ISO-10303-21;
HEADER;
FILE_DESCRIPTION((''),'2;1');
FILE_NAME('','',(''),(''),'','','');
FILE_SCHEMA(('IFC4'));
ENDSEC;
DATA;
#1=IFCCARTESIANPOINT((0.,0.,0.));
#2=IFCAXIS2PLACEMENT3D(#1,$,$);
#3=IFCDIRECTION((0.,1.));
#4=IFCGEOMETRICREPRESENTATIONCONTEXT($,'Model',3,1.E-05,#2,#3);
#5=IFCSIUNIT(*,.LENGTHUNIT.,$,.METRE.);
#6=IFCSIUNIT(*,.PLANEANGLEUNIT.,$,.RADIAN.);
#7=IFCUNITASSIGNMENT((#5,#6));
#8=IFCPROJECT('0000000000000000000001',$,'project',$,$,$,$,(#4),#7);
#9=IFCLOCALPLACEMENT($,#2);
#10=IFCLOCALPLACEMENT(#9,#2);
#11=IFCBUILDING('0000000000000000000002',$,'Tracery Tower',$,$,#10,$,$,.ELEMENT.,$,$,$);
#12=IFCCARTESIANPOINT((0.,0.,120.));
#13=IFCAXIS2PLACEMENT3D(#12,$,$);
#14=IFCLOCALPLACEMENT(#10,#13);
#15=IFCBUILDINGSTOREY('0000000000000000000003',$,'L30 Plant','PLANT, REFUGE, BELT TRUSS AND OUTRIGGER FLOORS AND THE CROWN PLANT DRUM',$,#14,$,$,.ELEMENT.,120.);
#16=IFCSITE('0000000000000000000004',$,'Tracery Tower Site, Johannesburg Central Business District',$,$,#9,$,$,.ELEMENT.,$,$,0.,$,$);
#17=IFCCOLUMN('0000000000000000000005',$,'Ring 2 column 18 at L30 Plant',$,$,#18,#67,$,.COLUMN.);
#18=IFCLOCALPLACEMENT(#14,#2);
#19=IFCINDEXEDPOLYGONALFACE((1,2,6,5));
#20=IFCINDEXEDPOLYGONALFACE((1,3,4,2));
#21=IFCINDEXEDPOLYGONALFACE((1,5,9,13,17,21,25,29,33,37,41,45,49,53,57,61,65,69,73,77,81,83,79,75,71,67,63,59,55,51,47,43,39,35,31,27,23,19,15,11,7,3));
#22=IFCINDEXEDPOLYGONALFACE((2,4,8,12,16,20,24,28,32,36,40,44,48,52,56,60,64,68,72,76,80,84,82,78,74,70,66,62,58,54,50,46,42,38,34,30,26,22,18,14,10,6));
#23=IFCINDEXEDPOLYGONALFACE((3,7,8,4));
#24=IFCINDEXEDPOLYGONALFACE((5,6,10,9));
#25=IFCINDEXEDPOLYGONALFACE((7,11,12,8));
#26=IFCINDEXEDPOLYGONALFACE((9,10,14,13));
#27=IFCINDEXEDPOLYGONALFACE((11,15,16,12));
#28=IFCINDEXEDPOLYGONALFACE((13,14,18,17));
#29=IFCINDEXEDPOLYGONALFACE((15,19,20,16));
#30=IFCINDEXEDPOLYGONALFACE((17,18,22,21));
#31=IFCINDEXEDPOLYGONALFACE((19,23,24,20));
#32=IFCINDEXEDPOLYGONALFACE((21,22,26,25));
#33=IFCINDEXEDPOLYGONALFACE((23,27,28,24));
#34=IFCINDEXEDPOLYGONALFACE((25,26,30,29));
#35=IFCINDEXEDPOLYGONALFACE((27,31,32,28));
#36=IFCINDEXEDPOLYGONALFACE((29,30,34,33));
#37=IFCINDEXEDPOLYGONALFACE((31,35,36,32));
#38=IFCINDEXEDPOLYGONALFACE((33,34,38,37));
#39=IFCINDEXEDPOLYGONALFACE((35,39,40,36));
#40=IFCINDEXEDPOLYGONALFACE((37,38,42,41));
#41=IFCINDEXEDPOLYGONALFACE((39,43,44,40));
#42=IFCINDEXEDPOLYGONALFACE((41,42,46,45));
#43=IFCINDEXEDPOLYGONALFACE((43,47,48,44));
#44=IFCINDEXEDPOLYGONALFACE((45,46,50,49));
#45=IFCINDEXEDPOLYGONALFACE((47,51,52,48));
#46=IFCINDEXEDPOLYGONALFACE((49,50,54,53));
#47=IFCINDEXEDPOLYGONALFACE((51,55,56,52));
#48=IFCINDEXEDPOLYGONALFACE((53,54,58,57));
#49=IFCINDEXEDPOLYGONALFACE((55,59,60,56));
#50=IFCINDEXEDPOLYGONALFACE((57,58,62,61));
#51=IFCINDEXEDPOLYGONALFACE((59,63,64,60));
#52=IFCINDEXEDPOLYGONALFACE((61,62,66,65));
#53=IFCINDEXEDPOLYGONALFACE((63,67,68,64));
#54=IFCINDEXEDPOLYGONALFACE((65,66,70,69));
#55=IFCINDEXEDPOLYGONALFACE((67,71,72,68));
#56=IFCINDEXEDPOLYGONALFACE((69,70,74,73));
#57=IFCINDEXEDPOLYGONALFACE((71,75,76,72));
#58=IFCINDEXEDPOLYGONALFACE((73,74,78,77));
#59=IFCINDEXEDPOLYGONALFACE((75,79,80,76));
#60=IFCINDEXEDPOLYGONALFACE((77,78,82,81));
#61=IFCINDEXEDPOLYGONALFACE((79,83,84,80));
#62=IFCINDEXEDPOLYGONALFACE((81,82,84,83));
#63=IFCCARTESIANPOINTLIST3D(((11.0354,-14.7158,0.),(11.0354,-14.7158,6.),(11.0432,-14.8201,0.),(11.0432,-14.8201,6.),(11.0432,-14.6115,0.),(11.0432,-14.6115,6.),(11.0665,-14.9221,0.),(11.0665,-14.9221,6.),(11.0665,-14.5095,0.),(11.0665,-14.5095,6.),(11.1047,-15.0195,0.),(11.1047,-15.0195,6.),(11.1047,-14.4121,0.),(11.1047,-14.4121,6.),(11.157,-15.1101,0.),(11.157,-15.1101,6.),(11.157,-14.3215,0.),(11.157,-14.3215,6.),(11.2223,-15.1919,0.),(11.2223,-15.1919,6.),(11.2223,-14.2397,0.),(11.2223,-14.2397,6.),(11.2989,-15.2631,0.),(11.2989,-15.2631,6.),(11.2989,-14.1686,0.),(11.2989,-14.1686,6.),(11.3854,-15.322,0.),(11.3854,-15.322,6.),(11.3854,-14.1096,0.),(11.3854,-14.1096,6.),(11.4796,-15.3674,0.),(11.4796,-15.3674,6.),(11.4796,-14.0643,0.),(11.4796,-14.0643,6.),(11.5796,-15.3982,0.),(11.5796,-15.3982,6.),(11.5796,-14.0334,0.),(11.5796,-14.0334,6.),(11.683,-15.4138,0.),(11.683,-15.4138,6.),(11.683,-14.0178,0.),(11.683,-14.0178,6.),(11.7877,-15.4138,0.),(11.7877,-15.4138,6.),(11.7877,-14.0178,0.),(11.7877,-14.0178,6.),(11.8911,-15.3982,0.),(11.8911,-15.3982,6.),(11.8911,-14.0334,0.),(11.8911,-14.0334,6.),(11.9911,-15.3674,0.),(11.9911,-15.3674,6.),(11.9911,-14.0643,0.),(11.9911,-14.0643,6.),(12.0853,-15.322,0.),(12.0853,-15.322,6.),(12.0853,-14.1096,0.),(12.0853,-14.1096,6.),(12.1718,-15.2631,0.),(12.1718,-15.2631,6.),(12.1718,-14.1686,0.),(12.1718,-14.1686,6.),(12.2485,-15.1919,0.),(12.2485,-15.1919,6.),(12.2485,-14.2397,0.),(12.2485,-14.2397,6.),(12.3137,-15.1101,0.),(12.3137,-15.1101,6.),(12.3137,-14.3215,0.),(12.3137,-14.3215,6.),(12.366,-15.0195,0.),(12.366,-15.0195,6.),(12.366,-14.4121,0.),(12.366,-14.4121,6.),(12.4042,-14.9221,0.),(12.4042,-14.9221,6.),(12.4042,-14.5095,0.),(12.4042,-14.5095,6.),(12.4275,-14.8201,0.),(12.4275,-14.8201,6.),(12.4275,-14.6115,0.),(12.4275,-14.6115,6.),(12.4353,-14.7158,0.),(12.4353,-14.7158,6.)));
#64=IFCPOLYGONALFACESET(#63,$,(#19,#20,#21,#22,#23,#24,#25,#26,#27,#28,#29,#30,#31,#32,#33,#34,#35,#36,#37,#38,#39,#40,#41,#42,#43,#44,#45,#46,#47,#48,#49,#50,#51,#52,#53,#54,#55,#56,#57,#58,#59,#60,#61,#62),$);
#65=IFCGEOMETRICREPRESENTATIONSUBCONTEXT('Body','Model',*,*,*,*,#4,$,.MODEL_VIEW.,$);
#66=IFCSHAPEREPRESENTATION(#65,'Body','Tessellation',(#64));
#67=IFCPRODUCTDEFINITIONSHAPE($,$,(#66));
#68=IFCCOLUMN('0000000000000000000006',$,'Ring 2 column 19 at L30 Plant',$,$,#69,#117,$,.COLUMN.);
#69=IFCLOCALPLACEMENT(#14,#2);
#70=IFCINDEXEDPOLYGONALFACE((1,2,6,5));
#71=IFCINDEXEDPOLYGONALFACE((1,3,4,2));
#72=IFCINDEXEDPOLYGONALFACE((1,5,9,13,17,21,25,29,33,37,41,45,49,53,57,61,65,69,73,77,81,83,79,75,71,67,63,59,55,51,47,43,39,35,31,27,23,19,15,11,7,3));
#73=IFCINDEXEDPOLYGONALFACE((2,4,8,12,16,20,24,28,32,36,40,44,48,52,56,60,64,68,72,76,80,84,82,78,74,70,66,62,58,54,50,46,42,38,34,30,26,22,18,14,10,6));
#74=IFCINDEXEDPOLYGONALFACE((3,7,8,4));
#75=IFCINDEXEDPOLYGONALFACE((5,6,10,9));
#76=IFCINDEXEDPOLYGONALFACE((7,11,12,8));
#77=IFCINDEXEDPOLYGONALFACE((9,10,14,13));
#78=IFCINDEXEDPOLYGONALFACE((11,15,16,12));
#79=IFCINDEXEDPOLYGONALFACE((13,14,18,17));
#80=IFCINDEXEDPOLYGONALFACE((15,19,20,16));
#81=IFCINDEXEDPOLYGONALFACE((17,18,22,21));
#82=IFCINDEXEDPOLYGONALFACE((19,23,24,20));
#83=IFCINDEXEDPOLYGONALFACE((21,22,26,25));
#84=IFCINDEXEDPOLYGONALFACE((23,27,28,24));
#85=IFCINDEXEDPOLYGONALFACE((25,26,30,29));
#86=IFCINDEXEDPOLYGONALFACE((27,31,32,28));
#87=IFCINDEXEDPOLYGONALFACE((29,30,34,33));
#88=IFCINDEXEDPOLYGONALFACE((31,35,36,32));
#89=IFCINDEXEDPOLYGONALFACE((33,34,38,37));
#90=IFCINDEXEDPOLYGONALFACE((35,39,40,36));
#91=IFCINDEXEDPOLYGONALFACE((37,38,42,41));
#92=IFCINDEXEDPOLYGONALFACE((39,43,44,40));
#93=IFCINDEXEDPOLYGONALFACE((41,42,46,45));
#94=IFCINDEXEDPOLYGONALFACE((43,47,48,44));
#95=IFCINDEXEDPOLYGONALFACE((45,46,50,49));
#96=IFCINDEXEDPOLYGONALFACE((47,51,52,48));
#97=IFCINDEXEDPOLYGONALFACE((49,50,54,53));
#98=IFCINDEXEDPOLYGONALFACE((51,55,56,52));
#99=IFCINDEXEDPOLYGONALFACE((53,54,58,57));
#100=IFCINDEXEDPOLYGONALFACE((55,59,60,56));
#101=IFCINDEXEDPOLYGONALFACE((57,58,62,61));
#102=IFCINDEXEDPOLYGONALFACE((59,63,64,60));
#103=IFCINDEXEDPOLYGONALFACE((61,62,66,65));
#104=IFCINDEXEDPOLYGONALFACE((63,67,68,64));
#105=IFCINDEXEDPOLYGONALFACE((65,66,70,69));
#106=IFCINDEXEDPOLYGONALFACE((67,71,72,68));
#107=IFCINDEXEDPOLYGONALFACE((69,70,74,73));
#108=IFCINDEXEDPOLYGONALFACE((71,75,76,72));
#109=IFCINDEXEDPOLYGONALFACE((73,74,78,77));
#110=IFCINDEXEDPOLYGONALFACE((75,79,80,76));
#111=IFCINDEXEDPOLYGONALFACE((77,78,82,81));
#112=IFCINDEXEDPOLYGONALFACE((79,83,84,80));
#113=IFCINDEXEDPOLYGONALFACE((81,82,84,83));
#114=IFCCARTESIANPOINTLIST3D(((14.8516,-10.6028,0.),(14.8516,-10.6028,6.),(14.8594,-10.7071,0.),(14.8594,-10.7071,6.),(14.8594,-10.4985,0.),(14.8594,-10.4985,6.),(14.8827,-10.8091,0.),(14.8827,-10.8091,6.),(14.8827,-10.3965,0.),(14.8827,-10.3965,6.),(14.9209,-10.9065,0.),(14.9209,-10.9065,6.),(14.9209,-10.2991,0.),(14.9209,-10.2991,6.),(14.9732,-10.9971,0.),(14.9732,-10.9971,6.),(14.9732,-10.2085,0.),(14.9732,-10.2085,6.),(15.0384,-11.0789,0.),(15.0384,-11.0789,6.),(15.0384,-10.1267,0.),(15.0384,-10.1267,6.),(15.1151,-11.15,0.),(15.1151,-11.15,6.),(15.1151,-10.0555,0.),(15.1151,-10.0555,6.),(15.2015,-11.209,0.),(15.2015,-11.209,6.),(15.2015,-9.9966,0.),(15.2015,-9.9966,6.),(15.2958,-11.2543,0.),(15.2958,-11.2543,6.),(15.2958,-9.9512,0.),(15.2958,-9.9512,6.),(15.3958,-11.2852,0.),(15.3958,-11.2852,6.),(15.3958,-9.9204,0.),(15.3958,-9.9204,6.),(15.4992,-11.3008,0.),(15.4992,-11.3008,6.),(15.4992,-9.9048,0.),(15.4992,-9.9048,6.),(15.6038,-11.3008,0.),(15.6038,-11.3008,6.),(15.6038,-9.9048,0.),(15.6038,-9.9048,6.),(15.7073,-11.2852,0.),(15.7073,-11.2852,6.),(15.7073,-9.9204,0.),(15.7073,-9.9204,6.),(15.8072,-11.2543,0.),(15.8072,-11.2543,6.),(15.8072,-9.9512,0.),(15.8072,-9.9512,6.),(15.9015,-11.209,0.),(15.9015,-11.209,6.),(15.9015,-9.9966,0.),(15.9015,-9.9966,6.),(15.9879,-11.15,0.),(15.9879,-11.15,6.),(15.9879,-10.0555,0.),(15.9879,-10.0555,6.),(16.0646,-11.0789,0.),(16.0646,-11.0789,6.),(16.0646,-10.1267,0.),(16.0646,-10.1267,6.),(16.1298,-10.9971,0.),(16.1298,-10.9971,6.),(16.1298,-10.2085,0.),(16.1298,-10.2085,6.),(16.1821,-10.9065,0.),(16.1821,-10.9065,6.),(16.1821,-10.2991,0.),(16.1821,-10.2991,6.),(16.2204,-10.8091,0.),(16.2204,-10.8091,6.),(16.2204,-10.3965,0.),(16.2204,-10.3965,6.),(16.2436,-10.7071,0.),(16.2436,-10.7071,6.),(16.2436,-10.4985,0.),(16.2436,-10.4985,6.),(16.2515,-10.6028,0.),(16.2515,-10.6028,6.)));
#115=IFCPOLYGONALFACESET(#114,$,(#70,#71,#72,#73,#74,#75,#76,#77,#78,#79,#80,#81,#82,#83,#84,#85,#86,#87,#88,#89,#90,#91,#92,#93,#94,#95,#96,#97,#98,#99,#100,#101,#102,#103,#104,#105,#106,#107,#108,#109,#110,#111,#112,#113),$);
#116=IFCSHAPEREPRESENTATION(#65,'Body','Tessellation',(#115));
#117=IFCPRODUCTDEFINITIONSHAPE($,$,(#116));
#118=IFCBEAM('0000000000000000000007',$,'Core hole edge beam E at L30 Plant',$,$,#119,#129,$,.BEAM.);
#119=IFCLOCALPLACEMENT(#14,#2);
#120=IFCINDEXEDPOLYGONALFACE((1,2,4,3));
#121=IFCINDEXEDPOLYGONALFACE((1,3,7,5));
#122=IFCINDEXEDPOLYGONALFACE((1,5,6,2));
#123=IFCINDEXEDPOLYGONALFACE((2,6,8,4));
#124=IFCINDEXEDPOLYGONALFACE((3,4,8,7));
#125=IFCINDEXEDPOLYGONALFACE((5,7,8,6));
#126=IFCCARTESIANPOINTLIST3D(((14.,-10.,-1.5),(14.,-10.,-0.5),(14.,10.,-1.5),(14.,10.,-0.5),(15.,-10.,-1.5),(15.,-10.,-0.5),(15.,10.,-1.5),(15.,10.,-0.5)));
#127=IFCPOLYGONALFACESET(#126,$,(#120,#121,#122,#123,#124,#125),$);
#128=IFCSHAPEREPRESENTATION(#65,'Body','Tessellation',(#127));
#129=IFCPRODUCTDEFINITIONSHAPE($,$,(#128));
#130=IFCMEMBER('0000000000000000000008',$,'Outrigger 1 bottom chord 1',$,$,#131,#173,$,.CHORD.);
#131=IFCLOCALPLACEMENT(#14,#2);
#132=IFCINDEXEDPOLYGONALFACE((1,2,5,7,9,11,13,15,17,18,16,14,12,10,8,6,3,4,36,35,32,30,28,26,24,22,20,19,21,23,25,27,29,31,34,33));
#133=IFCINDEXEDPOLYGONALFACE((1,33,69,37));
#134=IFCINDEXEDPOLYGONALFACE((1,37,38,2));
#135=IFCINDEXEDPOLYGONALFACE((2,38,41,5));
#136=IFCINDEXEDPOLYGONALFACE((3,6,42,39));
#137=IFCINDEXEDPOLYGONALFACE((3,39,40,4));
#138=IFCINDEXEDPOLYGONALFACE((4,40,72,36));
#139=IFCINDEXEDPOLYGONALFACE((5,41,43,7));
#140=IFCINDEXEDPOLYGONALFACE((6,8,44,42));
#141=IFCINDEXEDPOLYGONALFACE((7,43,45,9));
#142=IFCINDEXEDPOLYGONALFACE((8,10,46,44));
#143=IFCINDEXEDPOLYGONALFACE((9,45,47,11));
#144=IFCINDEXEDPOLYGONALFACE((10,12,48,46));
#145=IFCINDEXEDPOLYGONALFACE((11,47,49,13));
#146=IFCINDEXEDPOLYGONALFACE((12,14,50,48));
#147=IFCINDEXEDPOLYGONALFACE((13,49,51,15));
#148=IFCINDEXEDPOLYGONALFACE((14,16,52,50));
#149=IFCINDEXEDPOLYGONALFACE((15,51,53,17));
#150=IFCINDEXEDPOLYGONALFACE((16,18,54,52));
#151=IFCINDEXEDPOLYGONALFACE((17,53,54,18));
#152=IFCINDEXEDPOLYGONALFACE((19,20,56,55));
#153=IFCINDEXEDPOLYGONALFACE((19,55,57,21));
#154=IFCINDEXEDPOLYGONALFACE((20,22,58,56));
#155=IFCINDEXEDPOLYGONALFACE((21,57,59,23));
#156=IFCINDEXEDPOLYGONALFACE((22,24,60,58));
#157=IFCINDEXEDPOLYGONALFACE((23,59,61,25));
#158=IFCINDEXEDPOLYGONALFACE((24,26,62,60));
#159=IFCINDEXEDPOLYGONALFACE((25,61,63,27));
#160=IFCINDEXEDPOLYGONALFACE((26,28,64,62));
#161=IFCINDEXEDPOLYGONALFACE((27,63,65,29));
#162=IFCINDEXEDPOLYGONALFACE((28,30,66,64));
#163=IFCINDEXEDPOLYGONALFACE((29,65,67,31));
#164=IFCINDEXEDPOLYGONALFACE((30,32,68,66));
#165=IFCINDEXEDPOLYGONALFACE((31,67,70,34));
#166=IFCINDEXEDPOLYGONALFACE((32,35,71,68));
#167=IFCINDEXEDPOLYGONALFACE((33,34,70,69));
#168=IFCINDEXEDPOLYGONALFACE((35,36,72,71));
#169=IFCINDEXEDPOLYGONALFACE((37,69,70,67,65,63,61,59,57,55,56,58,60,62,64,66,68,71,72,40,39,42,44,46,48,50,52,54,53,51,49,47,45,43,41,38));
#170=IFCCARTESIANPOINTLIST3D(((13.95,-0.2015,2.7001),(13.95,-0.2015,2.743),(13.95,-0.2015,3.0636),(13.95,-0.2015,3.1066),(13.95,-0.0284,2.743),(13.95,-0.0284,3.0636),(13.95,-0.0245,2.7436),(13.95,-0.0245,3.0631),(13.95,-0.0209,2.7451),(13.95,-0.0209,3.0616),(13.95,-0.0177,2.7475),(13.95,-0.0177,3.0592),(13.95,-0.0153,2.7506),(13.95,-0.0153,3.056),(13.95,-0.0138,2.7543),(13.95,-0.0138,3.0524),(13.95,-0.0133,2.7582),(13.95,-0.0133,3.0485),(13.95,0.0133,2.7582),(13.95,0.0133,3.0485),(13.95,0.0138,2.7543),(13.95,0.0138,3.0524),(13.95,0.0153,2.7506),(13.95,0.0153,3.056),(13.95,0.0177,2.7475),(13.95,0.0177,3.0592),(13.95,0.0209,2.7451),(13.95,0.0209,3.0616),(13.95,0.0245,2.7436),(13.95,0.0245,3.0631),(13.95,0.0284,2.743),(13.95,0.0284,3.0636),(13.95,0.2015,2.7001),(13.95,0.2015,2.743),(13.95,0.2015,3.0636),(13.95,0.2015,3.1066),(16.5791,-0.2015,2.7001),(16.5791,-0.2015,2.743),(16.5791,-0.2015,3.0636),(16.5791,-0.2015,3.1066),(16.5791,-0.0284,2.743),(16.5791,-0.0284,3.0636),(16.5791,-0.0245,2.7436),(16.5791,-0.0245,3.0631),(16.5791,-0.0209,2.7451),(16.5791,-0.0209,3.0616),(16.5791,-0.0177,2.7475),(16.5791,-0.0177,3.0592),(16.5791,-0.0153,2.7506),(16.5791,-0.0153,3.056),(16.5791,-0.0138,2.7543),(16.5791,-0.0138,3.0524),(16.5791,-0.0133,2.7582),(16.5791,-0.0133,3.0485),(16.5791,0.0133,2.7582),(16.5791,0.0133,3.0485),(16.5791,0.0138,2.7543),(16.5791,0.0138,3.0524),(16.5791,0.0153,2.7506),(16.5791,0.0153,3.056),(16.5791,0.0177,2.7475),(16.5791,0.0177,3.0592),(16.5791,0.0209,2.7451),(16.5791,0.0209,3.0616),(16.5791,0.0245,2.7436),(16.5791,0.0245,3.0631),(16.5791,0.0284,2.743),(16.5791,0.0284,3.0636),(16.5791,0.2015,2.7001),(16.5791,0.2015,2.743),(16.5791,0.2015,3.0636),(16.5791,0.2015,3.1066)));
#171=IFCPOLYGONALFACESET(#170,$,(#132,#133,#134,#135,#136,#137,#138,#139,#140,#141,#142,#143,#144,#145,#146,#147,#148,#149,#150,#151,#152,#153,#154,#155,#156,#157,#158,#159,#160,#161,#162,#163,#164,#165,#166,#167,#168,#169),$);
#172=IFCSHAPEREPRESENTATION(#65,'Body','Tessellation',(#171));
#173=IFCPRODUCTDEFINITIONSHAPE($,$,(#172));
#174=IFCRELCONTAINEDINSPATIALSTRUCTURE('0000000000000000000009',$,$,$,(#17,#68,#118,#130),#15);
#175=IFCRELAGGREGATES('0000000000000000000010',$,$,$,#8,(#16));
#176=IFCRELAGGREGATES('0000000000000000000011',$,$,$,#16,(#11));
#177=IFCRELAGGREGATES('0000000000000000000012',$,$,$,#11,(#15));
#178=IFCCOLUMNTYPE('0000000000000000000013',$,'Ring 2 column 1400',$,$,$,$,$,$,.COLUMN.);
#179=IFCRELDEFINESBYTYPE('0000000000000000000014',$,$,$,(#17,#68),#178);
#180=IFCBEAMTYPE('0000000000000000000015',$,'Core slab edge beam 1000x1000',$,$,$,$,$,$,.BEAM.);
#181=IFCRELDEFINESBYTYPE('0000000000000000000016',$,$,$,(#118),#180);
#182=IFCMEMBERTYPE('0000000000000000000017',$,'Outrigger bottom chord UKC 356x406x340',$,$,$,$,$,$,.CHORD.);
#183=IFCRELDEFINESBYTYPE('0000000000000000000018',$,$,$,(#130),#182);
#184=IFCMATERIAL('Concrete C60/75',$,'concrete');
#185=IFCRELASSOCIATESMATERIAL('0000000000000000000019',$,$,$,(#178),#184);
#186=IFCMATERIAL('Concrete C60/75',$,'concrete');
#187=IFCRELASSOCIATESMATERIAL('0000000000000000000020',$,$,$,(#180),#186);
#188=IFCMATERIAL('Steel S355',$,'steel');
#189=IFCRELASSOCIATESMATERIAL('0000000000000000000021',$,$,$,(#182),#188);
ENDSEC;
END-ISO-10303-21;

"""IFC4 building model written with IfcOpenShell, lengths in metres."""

from ifc_helpers import new_model, si_unit, direction, frame, origin, origin_2d, place, context, subcontext, project, spatial, rectangle, circle, i_section, extrude, material, material_profile, profile_set, type_object, element, save


model = new_model("IFC4")

# Units and contexts
model_context = context("Model", 3, precision=1e-05, world=origin(), true_north=direction((0.0, 1.0)))
body_context = subcontext(model_context, "Body", "Model", "MODEL_VIEW")
ifc_project = project(units=[si_unit("LENGTHUNIT", "METRE"), si_unit("PLANEANGLEUNIT", "RADIAN")], contexts=[model_context])

# Site, building, storey
site_placement = place(None, origin())
site = spatial("IfcSite", under=ifc_project, at=site_placement, Name="Tracery Tower Site, Johannesburg Central Business District", CompositionType="ELEMENT", RefElevation=0.0)
building_placement = place(site_placement, origin())
building = spatial("IfcBuilding", under=site, at=building_placement, Name="Tracery Tower", CompositionType="ELEMENT")
storey_placement = place(building_placement, frame((0.0, 0.0, 120.0)))
storey = spatial("IfcBuildingStorey", under=building, at=storey_placement, Name="L30 Plant", Description="PLANT, REFUGE, BELT TRUSS AND OUTRIGGER FLOORS AND THE CROWN PLANT DRUM", CompositionType="ELEMENT", Elevation=120.0)

# Columns
ifc_material_1 = material(Name="Concrete C60/75", Category="concrete")
ifc_material_profile_1 = material_profile(ifc_material_1, circle(Radius=0.7, at=origin_2d()), Name="RC D1400")
ifc_profile_set_1 = profile_set([ifc_material_profile_1], Name="Concrete C60/75")
column_type = type_object("IfcColumnType", Name="Ring 2 column 1400", PredefinedType="COLUMN", material=ifc_profile_set_1)
for number, where, z_axis, x_axis, name in (
    (1, (11.7354, -14.7158, 0.0), (0.0, 0.0, 1.0), (1.0, 0.0, 0.0), "Ring 2 column 18 at L30 Plant"),
    (2, (15.5515, -10.6028, 0.0), (0.0, 0.0, 1.0), (1.0, 0.0, 0.0), "Ring 2 column 19 at L30 Plant"),
):
    element("IfcColumn", number, at=place(storey_placement, frame(where, z_axis=z_axis, x_axis=x_axis)), inside=storey, type_object=column_type, Name=name, PredefinedType="COLUMN", context=body_context, shape_type="SweptSolid", body=[
        extrude(circle(Radius=0.7, at=origin_2d()), origin(), (0.0, 0.0, 1.0), 6.0),
    ])

# Beam
ifc_material_2 = material(Name="Concrete C60/75", Category="concrete")
ifc_material_profile_2 = material_profile(ifc_material_2, rectangle(XDim=1.0, YDim=1.0, at=origin_2d()), Name="RC 1000x1000")
ifc_profile_set_2 = profile_set([ifc_material_profile_2], Name="Concrete C60/75")
beam_type = type_object("IfcBeamType", Name="Core slab edge beam 1000x1000", PredefinedType="BEAM", material=ifc_profile_set_2)
beam_placement = place(storey_placement, frame((14.5, -10.0, -1.0), z_axis=(0.0, 1.0, 0.0), x_axis=(-1.0, 0.0, 0.0)))
element("IfcBeam", 3, at=beam_placement, inside=storey, type_object=beam_type, Name="Core hole edge beam E at L30 Plant", PredefinedType="BEAM", context=body_context, shape_type="SweptSolid", body=[
    extrude(rectangle(XDim=1.0, YDim=1.0, at=origin_2d()), origin(), (0.0, 0.0, 1.0), 20.0),
])

# Member
ifc_material_3 = material(Name="Steel S355", Category="steel")
ifc_material_profile_3 = material_profile(ifc_material_3, i_section(OverallWidth=0.4031, OverallDepth=0.4065, WebThickness=0.0266, FlangeThickness=0.043, FilletRadius=0.0151, at=origin_2d()), Name="UKC 356x406x340")
ifc_profile_set_3 = profile_set([ifc_material_profile_3], Name="Steel S355")
member_type_1 = type_object("IfcMemberType", Name="Outrigger bottom chord UKC 356x406x340", PredefinedType="CHORD", material=ifc_profile_set_3)
member_1_placement = place(storey_placement, frame((13.95, 0.0, 2.9033), z_axis=(1.0, 0.0, 0.0), x_axis=(0.0, 1.0, 0.0)))
element("IfcMember", 4, at=member_1_placement, inside=storey, type_object=member_type_1, Name="Outrigger 1 bottom chord 1", PredefinedType="CHORD", context=body_context, shape_type="SweptSolid", body=[
    extrude(i_section(OverallWidth=0.4031, OverallDepth=0.4065, WebThickness=0.0266, FlangeThickness=0.043, FilletRadius=0.0151, at=origin_2d()), origin(), (0.0, 0.0, 1.0), 2.6292),
])

save(model, "model.ifc")
